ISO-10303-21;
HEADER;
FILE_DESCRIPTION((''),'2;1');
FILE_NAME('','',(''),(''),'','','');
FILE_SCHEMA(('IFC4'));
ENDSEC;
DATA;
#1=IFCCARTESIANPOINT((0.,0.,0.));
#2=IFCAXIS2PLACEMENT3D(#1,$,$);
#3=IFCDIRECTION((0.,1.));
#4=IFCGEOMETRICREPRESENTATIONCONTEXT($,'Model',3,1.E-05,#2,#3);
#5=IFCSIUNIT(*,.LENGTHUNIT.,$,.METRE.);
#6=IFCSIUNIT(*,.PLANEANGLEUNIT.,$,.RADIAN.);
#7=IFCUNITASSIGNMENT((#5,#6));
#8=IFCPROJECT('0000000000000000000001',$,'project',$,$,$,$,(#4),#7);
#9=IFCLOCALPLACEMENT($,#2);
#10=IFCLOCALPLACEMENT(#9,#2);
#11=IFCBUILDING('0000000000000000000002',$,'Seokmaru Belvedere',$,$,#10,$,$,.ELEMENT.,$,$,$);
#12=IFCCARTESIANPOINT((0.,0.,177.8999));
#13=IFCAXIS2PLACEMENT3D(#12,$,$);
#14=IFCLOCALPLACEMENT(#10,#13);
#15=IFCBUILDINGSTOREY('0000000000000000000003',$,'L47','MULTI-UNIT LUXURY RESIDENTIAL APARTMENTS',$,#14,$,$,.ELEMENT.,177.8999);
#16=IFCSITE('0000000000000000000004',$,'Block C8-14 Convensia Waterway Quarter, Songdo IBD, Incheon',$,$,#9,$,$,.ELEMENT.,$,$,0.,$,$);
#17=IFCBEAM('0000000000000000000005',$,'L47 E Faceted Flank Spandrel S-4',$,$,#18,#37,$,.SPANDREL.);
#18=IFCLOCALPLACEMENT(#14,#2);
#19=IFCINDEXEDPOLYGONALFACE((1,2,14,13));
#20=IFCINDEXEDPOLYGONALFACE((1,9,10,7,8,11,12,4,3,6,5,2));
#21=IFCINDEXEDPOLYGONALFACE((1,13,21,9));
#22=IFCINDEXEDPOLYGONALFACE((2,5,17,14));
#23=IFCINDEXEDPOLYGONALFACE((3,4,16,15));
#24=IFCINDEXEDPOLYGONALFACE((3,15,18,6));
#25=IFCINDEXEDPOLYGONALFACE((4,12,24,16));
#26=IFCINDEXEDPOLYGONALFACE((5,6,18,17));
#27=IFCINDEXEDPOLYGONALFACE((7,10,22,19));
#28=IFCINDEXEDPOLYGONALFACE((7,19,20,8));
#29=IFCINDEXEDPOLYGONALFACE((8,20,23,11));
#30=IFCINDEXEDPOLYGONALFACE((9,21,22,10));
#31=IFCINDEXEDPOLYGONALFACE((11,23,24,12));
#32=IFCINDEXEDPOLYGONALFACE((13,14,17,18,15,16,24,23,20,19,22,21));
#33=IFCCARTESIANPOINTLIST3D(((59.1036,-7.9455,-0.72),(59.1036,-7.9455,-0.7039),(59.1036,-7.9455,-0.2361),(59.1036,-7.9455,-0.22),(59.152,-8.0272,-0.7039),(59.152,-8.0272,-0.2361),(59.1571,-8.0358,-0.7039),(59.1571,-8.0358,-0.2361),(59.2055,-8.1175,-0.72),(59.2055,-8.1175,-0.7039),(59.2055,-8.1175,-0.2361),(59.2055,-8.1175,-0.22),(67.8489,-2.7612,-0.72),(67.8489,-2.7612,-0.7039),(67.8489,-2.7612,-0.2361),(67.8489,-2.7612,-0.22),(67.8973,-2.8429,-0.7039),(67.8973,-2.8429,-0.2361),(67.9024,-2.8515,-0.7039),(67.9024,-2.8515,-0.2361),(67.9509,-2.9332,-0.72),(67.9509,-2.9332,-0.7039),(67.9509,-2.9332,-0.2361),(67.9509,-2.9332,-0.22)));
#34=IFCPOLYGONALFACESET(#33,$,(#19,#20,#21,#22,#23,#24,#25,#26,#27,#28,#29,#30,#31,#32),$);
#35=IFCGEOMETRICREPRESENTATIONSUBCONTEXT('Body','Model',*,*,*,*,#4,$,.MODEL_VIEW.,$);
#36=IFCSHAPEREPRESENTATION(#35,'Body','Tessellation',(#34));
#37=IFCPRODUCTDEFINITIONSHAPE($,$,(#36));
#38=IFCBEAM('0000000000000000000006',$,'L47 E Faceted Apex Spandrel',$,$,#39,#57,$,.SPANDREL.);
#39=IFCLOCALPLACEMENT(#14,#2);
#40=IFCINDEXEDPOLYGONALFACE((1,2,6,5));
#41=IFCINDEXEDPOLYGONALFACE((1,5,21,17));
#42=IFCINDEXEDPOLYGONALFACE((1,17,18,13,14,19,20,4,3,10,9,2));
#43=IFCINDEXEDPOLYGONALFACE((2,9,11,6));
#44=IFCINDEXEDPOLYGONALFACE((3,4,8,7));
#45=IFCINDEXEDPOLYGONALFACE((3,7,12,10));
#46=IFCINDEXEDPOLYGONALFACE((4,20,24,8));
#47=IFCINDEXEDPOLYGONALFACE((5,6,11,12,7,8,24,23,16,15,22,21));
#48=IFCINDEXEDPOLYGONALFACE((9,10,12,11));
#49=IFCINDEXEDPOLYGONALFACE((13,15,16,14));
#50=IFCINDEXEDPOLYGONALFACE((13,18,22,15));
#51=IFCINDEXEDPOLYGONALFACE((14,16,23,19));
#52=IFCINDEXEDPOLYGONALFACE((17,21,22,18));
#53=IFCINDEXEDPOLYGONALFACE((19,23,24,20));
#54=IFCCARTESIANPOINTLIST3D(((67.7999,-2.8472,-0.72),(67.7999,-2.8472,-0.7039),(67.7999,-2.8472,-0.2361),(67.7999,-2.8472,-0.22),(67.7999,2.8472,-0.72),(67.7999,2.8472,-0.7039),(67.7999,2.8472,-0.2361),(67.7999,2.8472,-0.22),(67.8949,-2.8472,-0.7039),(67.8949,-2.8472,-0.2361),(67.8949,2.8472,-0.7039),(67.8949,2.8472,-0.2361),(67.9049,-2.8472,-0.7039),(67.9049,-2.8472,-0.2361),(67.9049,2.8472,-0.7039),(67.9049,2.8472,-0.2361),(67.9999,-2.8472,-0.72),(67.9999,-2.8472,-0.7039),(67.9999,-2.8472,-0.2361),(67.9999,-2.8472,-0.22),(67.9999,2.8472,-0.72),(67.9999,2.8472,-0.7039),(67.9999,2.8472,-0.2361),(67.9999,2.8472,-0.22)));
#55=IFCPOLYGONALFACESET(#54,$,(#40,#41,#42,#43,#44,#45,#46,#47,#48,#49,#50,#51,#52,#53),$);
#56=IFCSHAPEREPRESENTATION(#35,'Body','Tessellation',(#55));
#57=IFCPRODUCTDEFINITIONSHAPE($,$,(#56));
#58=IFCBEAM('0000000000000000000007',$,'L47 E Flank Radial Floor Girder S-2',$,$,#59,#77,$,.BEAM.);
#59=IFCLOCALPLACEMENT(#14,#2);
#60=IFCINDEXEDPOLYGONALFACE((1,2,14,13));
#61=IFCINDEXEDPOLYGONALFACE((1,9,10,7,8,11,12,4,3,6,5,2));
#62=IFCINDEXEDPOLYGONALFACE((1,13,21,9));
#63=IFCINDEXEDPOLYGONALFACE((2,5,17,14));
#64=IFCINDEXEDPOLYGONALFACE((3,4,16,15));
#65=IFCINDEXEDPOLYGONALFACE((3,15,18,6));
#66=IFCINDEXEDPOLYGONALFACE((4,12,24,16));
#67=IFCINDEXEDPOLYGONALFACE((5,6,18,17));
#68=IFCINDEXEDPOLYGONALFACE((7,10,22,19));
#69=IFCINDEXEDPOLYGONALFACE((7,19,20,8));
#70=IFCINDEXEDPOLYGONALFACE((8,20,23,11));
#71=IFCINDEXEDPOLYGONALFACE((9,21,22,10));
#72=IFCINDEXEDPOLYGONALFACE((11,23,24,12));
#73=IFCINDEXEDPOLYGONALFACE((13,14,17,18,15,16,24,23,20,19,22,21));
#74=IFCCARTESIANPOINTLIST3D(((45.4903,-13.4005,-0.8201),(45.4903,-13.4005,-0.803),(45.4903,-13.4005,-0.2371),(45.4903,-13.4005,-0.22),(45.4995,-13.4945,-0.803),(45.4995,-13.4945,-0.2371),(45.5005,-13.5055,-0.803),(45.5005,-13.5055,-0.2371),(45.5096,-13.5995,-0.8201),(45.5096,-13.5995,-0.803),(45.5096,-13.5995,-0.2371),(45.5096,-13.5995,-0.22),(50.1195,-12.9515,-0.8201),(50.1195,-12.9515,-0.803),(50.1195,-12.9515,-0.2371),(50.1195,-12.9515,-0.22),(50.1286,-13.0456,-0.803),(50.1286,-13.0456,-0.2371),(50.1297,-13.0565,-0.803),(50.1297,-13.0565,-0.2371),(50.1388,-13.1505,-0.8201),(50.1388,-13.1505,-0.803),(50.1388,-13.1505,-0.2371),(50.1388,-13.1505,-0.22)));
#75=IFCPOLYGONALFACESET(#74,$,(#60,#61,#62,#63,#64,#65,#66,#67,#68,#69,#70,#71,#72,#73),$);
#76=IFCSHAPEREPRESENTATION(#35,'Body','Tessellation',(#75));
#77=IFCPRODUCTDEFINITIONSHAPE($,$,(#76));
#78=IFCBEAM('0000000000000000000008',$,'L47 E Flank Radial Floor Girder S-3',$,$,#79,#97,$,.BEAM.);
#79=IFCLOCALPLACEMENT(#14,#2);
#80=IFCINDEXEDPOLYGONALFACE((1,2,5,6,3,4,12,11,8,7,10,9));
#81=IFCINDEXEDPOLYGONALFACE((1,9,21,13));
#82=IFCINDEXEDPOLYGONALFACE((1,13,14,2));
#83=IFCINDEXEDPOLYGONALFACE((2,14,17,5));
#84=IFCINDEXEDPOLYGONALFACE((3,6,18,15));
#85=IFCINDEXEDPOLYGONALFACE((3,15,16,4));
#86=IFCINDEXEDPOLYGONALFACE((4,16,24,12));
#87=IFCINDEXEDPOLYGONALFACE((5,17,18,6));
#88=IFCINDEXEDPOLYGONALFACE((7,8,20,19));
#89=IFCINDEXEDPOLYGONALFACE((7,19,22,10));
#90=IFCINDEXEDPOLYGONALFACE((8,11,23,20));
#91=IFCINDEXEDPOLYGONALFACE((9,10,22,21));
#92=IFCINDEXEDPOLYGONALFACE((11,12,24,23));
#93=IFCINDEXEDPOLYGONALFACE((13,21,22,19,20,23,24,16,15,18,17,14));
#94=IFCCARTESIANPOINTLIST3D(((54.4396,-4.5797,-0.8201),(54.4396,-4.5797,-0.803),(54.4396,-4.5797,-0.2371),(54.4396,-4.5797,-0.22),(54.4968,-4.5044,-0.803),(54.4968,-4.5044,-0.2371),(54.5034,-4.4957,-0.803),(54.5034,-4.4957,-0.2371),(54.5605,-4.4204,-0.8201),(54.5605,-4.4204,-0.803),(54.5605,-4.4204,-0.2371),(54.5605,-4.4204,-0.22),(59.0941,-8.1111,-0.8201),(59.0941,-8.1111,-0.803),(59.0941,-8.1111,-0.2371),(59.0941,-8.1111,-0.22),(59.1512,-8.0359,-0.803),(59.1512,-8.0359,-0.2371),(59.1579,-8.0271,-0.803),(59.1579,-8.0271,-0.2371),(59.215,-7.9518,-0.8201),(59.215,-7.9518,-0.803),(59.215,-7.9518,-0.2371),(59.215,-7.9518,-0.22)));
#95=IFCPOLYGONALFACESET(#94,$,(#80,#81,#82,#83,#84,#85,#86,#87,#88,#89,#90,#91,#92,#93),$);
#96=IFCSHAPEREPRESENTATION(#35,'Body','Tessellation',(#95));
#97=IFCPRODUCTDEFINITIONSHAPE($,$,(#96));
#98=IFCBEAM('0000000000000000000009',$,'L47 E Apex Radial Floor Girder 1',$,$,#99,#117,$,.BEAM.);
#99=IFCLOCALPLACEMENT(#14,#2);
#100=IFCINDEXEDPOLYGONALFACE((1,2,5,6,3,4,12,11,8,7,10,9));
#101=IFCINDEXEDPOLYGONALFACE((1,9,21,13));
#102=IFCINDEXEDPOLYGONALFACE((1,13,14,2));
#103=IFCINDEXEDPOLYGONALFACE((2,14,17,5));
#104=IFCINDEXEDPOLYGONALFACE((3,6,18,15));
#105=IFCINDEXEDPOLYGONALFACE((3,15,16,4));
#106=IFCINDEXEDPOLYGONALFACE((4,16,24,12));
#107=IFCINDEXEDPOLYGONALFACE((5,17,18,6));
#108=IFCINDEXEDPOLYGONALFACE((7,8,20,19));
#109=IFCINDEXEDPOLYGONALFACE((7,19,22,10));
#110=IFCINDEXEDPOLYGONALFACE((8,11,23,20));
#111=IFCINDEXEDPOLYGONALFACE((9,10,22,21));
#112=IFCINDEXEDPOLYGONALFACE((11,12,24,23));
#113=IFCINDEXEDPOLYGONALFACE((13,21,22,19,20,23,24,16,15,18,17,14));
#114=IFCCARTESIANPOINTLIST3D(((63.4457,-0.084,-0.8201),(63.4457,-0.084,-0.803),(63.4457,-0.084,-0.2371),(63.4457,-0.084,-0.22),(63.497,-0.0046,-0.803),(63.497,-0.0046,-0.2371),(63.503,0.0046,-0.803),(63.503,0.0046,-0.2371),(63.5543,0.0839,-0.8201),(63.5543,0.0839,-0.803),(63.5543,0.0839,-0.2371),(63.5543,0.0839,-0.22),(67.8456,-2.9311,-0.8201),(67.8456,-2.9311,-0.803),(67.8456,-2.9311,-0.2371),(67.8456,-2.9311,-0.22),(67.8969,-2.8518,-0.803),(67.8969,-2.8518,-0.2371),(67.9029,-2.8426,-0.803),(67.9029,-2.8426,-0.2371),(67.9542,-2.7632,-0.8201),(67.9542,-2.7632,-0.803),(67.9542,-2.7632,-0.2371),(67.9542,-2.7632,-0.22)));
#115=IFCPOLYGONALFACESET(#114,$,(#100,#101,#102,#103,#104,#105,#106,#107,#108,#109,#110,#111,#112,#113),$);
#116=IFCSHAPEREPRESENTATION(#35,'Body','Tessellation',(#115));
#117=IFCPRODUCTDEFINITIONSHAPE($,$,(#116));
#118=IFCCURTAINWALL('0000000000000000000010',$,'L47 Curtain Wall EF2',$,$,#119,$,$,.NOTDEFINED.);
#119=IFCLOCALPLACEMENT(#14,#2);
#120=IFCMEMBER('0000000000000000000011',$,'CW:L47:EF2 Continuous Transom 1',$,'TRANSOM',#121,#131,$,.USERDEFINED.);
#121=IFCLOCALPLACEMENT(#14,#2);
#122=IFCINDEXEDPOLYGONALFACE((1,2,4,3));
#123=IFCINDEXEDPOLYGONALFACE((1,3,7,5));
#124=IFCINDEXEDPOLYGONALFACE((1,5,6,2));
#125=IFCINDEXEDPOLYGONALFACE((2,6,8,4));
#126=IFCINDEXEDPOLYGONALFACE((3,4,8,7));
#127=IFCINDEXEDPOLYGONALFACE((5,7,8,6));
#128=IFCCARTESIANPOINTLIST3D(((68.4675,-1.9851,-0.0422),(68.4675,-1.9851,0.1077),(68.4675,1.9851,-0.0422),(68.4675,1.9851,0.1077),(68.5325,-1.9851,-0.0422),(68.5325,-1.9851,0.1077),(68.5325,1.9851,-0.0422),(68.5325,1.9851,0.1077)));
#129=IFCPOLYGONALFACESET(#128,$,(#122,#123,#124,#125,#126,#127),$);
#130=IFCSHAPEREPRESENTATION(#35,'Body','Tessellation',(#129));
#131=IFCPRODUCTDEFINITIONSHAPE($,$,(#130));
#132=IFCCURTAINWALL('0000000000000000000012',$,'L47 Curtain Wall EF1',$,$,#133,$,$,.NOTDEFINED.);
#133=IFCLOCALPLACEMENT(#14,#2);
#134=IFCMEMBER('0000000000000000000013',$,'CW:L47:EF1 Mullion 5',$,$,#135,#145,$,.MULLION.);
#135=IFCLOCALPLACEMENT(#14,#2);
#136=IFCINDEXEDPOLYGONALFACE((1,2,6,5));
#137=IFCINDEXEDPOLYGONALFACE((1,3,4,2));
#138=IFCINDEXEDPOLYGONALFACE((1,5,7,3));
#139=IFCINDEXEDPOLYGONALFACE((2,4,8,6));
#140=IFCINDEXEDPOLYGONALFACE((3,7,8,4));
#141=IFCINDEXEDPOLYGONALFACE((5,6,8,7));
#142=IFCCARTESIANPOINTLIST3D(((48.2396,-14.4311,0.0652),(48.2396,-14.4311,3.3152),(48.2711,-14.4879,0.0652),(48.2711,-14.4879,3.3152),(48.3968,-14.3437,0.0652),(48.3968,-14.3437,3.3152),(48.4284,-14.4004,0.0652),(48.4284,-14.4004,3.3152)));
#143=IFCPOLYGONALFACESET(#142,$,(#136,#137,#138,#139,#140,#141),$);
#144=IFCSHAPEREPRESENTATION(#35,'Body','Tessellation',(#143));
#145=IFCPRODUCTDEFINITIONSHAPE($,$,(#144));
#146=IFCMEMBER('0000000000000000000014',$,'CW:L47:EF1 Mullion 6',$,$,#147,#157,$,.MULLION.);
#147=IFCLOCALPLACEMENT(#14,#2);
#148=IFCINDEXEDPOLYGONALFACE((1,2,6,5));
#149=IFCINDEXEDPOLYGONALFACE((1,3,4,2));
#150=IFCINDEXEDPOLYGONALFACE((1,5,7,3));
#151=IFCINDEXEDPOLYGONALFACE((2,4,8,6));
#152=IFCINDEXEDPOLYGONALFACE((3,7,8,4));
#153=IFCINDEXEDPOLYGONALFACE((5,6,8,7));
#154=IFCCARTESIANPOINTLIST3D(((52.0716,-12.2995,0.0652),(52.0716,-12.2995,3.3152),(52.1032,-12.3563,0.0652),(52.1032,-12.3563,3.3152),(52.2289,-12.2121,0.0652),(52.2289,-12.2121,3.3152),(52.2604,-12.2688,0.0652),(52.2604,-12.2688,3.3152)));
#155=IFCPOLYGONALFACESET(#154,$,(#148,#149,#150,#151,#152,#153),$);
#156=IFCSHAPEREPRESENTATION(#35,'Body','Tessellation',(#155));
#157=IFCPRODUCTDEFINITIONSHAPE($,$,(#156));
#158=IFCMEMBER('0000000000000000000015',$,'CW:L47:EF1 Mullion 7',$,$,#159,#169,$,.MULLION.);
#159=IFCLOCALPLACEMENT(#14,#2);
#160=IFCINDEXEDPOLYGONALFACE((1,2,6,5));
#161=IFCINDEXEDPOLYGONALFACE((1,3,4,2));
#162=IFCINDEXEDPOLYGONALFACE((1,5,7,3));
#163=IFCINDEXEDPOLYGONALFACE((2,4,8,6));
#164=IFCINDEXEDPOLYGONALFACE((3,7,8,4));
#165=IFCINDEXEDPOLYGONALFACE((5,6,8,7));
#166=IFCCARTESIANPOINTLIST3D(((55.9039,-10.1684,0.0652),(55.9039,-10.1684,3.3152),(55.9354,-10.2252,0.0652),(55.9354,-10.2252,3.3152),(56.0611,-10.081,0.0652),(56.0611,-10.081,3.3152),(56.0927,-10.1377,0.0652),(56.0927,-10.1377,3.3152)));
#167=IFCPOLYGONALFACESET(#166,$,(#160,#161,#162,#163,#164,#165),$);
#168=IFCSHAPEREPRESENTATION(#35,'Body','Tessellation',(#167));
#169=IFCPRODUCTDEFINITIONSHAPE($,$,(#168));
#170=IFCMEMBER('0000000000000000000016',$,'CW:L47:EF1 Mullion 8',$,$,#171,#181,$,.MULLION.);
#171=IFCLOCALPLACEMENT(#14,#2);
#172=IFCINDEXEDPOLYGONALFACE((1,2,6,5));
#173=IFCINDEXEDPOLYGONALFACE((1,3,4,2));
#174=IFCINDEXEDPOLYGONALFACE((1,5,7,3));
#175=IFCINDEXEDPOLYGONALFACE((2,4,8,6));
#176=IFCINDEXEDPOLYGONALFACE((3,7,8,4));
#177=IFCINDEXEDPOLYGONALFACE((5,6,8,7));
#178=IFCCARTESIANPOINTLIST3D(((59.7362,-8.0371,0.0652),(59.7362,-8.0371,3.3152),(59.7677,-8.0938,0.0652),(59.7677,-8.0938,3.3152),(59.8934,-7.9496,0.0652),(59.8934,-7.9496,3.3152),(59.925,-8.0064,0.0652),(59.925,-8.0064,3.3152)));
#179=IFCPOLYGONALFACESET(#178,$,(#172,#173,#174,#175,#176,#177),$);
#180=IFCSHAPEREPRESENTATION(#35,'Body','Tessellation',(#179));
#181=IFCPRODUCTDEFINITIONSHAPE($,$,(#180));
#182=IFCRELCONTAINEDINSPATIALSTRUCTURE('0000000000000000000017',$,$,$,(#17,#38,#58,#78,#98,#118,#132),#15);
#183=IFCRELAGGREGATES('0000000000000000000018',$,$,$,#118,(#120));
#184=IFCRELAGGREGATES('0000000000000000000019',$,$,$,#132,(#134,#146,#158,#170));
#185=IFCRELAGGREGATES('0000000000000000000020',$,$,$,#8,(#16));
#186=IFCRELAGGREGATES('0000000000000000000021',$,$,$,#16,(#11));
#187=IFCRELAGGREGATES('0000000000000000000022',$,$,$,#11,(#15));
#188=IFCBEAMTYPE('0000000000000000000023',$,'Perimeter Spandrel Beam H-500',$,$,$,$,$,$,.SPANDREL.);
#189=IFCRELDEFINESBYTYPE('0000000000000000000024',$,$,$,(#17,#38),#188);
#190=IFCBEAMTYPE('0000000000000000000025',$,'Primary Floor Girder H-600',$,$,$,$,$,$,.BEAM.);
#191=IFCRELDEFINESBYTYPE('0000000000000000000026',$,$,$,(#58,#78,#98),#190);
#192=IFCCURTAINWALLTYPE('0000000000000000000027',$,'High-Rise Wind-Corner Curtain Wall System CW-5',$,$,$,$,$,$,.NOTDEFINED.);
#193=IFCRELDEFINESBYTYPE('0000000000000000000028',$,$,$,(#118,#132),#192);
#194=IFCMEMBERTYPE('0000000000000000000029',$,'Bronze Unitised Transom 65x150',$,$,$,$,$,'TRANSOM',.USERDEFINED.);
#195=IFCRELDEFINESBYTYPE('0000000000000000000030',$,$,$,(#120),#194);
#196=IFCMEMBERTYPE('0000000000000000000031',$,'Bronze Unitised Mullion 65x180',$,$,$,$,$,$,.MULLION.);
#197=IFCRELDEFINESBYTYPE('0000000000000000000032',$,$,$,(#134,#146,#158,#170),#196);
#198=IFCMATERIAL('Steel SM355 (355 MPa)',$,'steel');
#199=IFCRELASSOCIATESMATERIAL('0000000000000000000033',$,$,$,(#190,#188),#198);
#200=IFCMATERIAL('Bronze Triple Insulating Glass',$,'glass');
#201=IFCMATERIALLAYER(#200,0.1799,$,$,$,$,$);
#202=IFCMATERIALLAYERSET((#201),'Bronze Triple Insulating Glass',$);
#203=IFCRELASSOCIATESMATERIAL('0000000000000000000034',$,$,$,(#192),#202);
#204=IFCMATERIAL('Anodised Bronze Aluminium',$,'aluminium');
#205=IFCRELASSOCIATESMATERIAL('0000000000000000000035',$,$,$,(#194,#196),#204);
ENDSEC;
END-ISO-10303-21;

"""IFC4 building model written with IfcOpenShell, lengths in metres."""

from ifc_helpers import new_model, si_unit, direction, frame, origin, origin_2d, place, context, subcontext, project, spatial, rectangle, i_section, extrude, source, transform, mapped, material, layer, layer_set, material_profile, profile_set, type_object, type_shapes, element, aggregate, save


model = new_model("IFC4")

# Units and contexts
model_context = context("Model", 3, precision=1e-05, world=origin(), true_north=direction((0.0, 1.0)))
body_context = subcontext(model_context, "Body", "Model", "MODEL_VIEW")
ifc_project = project(units=[si_unit("LENGTHUNIT", "METRE"), si_unit("PLANEANGLEUNIT", "RADIAN")], contexts=[model_context])

# Site, building, storey
site_placement = place(None, origin())
site = spatial("IfcSite", under=ifc_project, at=site_placement, Name="Block C8-14 Convensia Waterway Quarter, Songdo IBD, Incheon", CompositionType="ELEMENT", RefElevation=0.0)
building_placement = place(site_placement, origin())
building = spatial("IfcBuilding", under=site, at=building_placement, Name="Seokmaru Belvedere", CompositionType="ELEMENT")
storey_placement = place(building_placement, frame((0.0, 0.0, 177.8999)))
storey = spatial("IfcBuildingStorey", under=building, at=storey_placement, Name="L47", Description="MULTI-UNIT LUXURY RESIDENTIAL APARTMENTS", CompositionType="ELEMENT", Elevation=177.8999)

# Shared definitions
ifc_material_1 = material(Name="Steel SM355 (355 MPa)", Category="steel")

# Beams
ifc_material_profile_1 = material_profile(ifc_material_1, i_section(OverallWidth=0.2, OverallDepth=0.6001, WebThickness=0.011, FlangeThickness=0.0171, at=origin_2d()), Name="H-600x200x11x17")
ifc_profile_set_1 = profile_set([ifc_material_profile_1], Name="Steel SM355 (355 MPa)")
beam_type_1 = type_object("IfcBeamType", Name="Primary Floor Girder H-600", PredefinedType="BEAM", material=ifc_profile_set_1)
ifc_material_profile_2 = material_profile(ifc_material_1, i_section(OverallWidth=0.2, OverallDepth=0.5, WebThickness=0.01, FlangeThickness=0.0161, at=origin_2d()), Name="H-500x200x10x16")
ifc_profile_set_2 = profile_set([ifc_material_profile_2], Name="Steel SM355 (355 MPa)")
beam_type_2 = type_object("IfcBeamType", Name="Perimeter Spandrel Beam H-500", PredefinedType="SPANDREL", material=ifc_profile_set_2)
shared_shape_1 = source(origin(), body_context, "Body", "SweptSolid", [
    extrude(i_section(OverallWidth=0.2, OverallDepth=0.5, WebThickness=0.01, FlangeThickness=0.0161, at=origin_2d()), origin(), (0.0, 0.0, 1.0), 10.1665),
])
beam_1_placement = place(storey_placement, frame((59.1545, -8.0315, -0.47), z_axis=(0.86021, 0.50994, 0.0), x_axis=(-0.50994, 0.86021, 0.0)))
element("IfcBeam", 1, at=beam_1_placement, inside=storey, type_object=beam_type_2, Name="L47 E Faceted Flank Spandrel S-4", PredefinedType="SPANDREL", context=body_context, shape_type="MappedRepresentation", body=[
    mapped(shared_shape_1, transform((0.0, 0.0, 0.0), scale=1.0)),
])
shared_shape_2 = source(origin(), body_context, "Body", "SweptSolid", [
    extrude(i_section(OverallWidth=0.2, OverallDepth=0.5, WebThickness=0.01, FlangeThickness=0.0161, at=origin_2d()), origin(), (0.0, 0.0, 1.0), 5.6943),
])
beam_2_placement = place(storey_placement, frame((67.8999, -2.8472, -0.47), z_axis=(0.0, 1.0, 0.0), x_axis=(-1.0, 0.0, 0.0)))
element("IfcBeam", 2, at=beam_2_placement, inside=storey, type_object=beam_type_2, Name="L47 E Faceted Apex Spandrel", PredefinedType="SPANDREL", context=body_context, shape_type="MappedRepresentation", body=[
    mapped(shared_shape_2, transform((0.0, 0.0, 0.0), scale=1.0)),
])
shared_shape_3 = source(origin(), body_context, "Body", "SweptSolid", [
    extrude(i_section(OverallWidth=0.2, OverallDepth=0.6001, WebThickness=0.011, FlangeThickness=0.0171, at=origin_2d()), origin(), (0.0, 0.0, 1.0), 4.6509),
])
beam_3_placement = place(storey_placement, frame((50.1292, -13.051, -0.52), z_axis=(-0.99533, -0.096536, 0.0), x_axis=(0.096536, -0.99533, 0.0)))
element("IfcBeam", 3, at=beam_3_placement, inside=storey, type_object=beam_type_1, Name="L47 E Flank Radial Floor Girder S-2", PredefinedType="BEAM", context=body_context, shape_type="MappedRepresentation", body=[
    mapped(shared_shape_3, transform((0.0, 0.0, 0.0), scale=1.0)),
])
shared_shape_4 = source(origin(), body_context, "Body", "SweptSolid", [
    extrude(i_section(OverallWidth=0.2, OverallDepth=0.6001, WebThickness=0.011, FlangeThickness=0.0171, at=origin_2d()), origin(), (0.0, 0.0, 1.0), 5.8425),
])
beam_4_placement = place(storey_placement, frame((59.1545, -8.0315, -0.52), z_axis=(-0.796653, 0.604437, 0.0), x_axis=(-0.604437, -0.796653, 0.0)))
element("IfcBeam", 4, at=beam_4_placement, inside=storey, type_object=beam_type_1, Name="L47 E Flank Radial Floor Girder S-3", PredefinedType="BEAM", context=body_context, shape_type="MappedRepresentation", body=[
    mapped(shared_shape_4, transform((0.0, 0.0, 0.0), scale=1.0)),
])
shared_shape_5 = source(origin(), body_context, "Body", "SweptSolid", [
    extrude(i_section(OverallWidth=0.2, OverallDepth=0.6001, WebThickness=0.011, FlangeThickness=0.0171, at=origin_2d()), origin(), (0.0, 0.0, 1.0), 5.2407),
])
beam_5_placement = place(storey_placement, frame((67.8999, -2.8472, -0.52), z_axis=(-0.839555, 0.543274, 0.0), x_axis=(-0.543274, -0.839555, 0.0)))
element("IfcBeam", 5, at=beam_5_placement, inside=storey, type_object=beam_type_1, Name="L47 E Apex Radial Floor Girder 1", PredefinedType="BEAM", context=body_context, shape_type="MappedRepresentation", body=[
    mapped(shared_shape_5, transform((0.0, 0.0, 0.0), scale=1.0)),
])

# Curtain wall, member
ifc_material_2 = material(Name="Bronze Triple Insulating Glass", Category="glass")
ifc_layer_1 = layer(ifc_material_2, 0.1799)
ifc_layer_set_1 = layer_set([ifc_layer_1], Name="Bronze Triple Insulating Glass")
curtain_wall_type = type_object("IfcCurtainWallType", Name="High-Rise Wind-Corner Curtain Wall System CW-5", PredefinedType="NOTDEFINED", material=ifc_layer_set_1)
curtain_wall_1_placement = place(storey_placement, origin())
curtain_wall_1 = element("IfcCurtainWall", 6, at=curtain_wall_1_placement, inside=storey, type_object=curtain_wall_type, Name="L47 Curtain Wall EF2", PredefinedType="NOTDEFINED")
ifc_material_3 = material(Name="Anodised Bronze Aluminium", Category="aluminium")
ifc_material_profile_3 = material_profile(ifc_material_3, rectangle(XDim=0.0649, YDim=0.1499, at=origin_2d()), Name="CW-T-65x150")
ifc_profile_set_3 = profile_set([ifc_material_profile_3], Name="Anodised Bronze Aluminium")
member_type_1 = type_object("IfcMemberType", Name="Bronze Unitised Transom 65x150", ElementType="TRANSOM", PredefinedType="USERDEFINED", material=ifc_profile_set_3)
shared_shape_6 = source(origin(), body_context, "Body", "SweptSolid", [
    extrude(rectangle(XDim=0.0649, YDim=0.1499, at=origin_2d()), origin(), (0.0, 0.0, 1.0), 3.9702),
])
type_shapes(member_type_1, [shared_shape_6])
member_1_placement = place(storey_placement, frame((68.5, -1.9851, 0.0327), z_axis=(0.0, 1.0, 0.0), x_axis=(-1.0, 0.0, 0.0)))
member_1 = element("IfcMember", 7, at=member_1_placement, type_object=member_type_1, Name="CW:L47:EF2 Continuous Transom 1", ObjectType="TRANSOM", PredefinedType="USERDEFINED", context=body_context, shape_type="MappedRepresentation", body=[
    mapped(shared_shape_6, transform((0.0, 0.0, 0.0), scale=1.0)),
])

# Curtain wall, members
curtain_wall_2_placement = place(storey_placement, origin())
curtain_wall_2 = element("IfcCurtainWall", 8, at=curtain_wall_2_placement, inside=storey, type_object=curtain_wall_type, Name="L47 Curtain Wall EF1", PredefinedType="NOTDEFINED")
ifc_material_profile_4 = material_profile(ifc_material_3, rectangle(XDim=0.0649, YDim=0.1799, at=origin_2d()), Name="CW-M-65x180")
ifc_profile_set_4 = profile_set([ifc_material_profile_4], Name="Anodised Bronze Aluminium")
member_type_2 = type_object("IfcMemberType", Name="Bronze Unitised Mullion 65x180", PredefinedType="MULLION", material=ifc_profile_set_4)
shared_shape_7 = source(origin(), body_context, "Body", "SweptSolid", [
    extrude(rectangle(XDim=0.0649, YDim=0.1799, at=origin_2d()), origin(), (0.0, 0.0, 1.0), 3.25),
])
member_2_placement = place(storey_placement, frame((48.334, -14.4158, 0.0652), z_axis=(0.0, 0.0, 1.0), x_axis=(-0.486047, 0.873933, 0.0)))
member_2 = element("IfcMember", 9, at=member_2_placement, type_object=member_type_2, Name="CW:L47:EF1 Mullion 5", PredefinedType="MULLION", context=body_context, shape_type="MappedRepresentation", body=[
    mapped(shared_shape_7, transform((0.0, 0.0, 0.0), scale=1.0)),
])
member_3_placement = place(storey_placement, frame((52.166, -12.2842, 0.0652), z_axis=(0.0, 0.0, 1.0), x_axis=(-0.486047, 0.873933, 0.0)))
member_3 = element("IfcMember", 10, at=member_3_placement, type_object=member_type_2, Name="CW:L47:EF1 Mullion 6", PredefinedType="MULLION", context=body_context, shape_type="MappedRepresentation", body=[
    mapped(shared_shape_7, transform((0.0, 0.0, 0.0), scale=1.0)),
])
member_4_placement = place(storey_placement, frame((55.9983, -10.1531, 0.0652), z_axis=(0.0, 0.0, 1.0), x_axis=(-0.486047, 0.873933, 0.0)))
member_4 = element("IfcMember", 11, at=member_4_placement, type_object=member_type_2, Name="CW:L47:EF1 Mullion 7", PredefinedType="MULLION", context=body_context, shape_type="MappedRepresentation", body=[
    mapped(shared_shape_7, transform((0.0, 0.0, 0.0), scale=1.0)),
])
member_5_placement = place(storey_placement, frame((59.8306, -8.0217, 0.0652), z_axis=(0.0, 0.0, 1.0), x_axis=(-0.486047, 0.873933, 0.0)))
member_5 = element("IfcMember", 12, at=member_5_placement, type_object=member_type_2, Name="CW:L47:EF1 Mullion 8", PredefinedType="MULLION", context=body_context, shape_type="MappedRepresentation", body=[
    mapped(shared_shape_7, transform((0.0, 0.0, 0.0), scale=1.0)),
])

aggregate(curtain_wall_1, [member_1])

aggregate(curtain_wall_2, [member_2, member_3, member_4, member_5])

save(model, "model.ifc")
